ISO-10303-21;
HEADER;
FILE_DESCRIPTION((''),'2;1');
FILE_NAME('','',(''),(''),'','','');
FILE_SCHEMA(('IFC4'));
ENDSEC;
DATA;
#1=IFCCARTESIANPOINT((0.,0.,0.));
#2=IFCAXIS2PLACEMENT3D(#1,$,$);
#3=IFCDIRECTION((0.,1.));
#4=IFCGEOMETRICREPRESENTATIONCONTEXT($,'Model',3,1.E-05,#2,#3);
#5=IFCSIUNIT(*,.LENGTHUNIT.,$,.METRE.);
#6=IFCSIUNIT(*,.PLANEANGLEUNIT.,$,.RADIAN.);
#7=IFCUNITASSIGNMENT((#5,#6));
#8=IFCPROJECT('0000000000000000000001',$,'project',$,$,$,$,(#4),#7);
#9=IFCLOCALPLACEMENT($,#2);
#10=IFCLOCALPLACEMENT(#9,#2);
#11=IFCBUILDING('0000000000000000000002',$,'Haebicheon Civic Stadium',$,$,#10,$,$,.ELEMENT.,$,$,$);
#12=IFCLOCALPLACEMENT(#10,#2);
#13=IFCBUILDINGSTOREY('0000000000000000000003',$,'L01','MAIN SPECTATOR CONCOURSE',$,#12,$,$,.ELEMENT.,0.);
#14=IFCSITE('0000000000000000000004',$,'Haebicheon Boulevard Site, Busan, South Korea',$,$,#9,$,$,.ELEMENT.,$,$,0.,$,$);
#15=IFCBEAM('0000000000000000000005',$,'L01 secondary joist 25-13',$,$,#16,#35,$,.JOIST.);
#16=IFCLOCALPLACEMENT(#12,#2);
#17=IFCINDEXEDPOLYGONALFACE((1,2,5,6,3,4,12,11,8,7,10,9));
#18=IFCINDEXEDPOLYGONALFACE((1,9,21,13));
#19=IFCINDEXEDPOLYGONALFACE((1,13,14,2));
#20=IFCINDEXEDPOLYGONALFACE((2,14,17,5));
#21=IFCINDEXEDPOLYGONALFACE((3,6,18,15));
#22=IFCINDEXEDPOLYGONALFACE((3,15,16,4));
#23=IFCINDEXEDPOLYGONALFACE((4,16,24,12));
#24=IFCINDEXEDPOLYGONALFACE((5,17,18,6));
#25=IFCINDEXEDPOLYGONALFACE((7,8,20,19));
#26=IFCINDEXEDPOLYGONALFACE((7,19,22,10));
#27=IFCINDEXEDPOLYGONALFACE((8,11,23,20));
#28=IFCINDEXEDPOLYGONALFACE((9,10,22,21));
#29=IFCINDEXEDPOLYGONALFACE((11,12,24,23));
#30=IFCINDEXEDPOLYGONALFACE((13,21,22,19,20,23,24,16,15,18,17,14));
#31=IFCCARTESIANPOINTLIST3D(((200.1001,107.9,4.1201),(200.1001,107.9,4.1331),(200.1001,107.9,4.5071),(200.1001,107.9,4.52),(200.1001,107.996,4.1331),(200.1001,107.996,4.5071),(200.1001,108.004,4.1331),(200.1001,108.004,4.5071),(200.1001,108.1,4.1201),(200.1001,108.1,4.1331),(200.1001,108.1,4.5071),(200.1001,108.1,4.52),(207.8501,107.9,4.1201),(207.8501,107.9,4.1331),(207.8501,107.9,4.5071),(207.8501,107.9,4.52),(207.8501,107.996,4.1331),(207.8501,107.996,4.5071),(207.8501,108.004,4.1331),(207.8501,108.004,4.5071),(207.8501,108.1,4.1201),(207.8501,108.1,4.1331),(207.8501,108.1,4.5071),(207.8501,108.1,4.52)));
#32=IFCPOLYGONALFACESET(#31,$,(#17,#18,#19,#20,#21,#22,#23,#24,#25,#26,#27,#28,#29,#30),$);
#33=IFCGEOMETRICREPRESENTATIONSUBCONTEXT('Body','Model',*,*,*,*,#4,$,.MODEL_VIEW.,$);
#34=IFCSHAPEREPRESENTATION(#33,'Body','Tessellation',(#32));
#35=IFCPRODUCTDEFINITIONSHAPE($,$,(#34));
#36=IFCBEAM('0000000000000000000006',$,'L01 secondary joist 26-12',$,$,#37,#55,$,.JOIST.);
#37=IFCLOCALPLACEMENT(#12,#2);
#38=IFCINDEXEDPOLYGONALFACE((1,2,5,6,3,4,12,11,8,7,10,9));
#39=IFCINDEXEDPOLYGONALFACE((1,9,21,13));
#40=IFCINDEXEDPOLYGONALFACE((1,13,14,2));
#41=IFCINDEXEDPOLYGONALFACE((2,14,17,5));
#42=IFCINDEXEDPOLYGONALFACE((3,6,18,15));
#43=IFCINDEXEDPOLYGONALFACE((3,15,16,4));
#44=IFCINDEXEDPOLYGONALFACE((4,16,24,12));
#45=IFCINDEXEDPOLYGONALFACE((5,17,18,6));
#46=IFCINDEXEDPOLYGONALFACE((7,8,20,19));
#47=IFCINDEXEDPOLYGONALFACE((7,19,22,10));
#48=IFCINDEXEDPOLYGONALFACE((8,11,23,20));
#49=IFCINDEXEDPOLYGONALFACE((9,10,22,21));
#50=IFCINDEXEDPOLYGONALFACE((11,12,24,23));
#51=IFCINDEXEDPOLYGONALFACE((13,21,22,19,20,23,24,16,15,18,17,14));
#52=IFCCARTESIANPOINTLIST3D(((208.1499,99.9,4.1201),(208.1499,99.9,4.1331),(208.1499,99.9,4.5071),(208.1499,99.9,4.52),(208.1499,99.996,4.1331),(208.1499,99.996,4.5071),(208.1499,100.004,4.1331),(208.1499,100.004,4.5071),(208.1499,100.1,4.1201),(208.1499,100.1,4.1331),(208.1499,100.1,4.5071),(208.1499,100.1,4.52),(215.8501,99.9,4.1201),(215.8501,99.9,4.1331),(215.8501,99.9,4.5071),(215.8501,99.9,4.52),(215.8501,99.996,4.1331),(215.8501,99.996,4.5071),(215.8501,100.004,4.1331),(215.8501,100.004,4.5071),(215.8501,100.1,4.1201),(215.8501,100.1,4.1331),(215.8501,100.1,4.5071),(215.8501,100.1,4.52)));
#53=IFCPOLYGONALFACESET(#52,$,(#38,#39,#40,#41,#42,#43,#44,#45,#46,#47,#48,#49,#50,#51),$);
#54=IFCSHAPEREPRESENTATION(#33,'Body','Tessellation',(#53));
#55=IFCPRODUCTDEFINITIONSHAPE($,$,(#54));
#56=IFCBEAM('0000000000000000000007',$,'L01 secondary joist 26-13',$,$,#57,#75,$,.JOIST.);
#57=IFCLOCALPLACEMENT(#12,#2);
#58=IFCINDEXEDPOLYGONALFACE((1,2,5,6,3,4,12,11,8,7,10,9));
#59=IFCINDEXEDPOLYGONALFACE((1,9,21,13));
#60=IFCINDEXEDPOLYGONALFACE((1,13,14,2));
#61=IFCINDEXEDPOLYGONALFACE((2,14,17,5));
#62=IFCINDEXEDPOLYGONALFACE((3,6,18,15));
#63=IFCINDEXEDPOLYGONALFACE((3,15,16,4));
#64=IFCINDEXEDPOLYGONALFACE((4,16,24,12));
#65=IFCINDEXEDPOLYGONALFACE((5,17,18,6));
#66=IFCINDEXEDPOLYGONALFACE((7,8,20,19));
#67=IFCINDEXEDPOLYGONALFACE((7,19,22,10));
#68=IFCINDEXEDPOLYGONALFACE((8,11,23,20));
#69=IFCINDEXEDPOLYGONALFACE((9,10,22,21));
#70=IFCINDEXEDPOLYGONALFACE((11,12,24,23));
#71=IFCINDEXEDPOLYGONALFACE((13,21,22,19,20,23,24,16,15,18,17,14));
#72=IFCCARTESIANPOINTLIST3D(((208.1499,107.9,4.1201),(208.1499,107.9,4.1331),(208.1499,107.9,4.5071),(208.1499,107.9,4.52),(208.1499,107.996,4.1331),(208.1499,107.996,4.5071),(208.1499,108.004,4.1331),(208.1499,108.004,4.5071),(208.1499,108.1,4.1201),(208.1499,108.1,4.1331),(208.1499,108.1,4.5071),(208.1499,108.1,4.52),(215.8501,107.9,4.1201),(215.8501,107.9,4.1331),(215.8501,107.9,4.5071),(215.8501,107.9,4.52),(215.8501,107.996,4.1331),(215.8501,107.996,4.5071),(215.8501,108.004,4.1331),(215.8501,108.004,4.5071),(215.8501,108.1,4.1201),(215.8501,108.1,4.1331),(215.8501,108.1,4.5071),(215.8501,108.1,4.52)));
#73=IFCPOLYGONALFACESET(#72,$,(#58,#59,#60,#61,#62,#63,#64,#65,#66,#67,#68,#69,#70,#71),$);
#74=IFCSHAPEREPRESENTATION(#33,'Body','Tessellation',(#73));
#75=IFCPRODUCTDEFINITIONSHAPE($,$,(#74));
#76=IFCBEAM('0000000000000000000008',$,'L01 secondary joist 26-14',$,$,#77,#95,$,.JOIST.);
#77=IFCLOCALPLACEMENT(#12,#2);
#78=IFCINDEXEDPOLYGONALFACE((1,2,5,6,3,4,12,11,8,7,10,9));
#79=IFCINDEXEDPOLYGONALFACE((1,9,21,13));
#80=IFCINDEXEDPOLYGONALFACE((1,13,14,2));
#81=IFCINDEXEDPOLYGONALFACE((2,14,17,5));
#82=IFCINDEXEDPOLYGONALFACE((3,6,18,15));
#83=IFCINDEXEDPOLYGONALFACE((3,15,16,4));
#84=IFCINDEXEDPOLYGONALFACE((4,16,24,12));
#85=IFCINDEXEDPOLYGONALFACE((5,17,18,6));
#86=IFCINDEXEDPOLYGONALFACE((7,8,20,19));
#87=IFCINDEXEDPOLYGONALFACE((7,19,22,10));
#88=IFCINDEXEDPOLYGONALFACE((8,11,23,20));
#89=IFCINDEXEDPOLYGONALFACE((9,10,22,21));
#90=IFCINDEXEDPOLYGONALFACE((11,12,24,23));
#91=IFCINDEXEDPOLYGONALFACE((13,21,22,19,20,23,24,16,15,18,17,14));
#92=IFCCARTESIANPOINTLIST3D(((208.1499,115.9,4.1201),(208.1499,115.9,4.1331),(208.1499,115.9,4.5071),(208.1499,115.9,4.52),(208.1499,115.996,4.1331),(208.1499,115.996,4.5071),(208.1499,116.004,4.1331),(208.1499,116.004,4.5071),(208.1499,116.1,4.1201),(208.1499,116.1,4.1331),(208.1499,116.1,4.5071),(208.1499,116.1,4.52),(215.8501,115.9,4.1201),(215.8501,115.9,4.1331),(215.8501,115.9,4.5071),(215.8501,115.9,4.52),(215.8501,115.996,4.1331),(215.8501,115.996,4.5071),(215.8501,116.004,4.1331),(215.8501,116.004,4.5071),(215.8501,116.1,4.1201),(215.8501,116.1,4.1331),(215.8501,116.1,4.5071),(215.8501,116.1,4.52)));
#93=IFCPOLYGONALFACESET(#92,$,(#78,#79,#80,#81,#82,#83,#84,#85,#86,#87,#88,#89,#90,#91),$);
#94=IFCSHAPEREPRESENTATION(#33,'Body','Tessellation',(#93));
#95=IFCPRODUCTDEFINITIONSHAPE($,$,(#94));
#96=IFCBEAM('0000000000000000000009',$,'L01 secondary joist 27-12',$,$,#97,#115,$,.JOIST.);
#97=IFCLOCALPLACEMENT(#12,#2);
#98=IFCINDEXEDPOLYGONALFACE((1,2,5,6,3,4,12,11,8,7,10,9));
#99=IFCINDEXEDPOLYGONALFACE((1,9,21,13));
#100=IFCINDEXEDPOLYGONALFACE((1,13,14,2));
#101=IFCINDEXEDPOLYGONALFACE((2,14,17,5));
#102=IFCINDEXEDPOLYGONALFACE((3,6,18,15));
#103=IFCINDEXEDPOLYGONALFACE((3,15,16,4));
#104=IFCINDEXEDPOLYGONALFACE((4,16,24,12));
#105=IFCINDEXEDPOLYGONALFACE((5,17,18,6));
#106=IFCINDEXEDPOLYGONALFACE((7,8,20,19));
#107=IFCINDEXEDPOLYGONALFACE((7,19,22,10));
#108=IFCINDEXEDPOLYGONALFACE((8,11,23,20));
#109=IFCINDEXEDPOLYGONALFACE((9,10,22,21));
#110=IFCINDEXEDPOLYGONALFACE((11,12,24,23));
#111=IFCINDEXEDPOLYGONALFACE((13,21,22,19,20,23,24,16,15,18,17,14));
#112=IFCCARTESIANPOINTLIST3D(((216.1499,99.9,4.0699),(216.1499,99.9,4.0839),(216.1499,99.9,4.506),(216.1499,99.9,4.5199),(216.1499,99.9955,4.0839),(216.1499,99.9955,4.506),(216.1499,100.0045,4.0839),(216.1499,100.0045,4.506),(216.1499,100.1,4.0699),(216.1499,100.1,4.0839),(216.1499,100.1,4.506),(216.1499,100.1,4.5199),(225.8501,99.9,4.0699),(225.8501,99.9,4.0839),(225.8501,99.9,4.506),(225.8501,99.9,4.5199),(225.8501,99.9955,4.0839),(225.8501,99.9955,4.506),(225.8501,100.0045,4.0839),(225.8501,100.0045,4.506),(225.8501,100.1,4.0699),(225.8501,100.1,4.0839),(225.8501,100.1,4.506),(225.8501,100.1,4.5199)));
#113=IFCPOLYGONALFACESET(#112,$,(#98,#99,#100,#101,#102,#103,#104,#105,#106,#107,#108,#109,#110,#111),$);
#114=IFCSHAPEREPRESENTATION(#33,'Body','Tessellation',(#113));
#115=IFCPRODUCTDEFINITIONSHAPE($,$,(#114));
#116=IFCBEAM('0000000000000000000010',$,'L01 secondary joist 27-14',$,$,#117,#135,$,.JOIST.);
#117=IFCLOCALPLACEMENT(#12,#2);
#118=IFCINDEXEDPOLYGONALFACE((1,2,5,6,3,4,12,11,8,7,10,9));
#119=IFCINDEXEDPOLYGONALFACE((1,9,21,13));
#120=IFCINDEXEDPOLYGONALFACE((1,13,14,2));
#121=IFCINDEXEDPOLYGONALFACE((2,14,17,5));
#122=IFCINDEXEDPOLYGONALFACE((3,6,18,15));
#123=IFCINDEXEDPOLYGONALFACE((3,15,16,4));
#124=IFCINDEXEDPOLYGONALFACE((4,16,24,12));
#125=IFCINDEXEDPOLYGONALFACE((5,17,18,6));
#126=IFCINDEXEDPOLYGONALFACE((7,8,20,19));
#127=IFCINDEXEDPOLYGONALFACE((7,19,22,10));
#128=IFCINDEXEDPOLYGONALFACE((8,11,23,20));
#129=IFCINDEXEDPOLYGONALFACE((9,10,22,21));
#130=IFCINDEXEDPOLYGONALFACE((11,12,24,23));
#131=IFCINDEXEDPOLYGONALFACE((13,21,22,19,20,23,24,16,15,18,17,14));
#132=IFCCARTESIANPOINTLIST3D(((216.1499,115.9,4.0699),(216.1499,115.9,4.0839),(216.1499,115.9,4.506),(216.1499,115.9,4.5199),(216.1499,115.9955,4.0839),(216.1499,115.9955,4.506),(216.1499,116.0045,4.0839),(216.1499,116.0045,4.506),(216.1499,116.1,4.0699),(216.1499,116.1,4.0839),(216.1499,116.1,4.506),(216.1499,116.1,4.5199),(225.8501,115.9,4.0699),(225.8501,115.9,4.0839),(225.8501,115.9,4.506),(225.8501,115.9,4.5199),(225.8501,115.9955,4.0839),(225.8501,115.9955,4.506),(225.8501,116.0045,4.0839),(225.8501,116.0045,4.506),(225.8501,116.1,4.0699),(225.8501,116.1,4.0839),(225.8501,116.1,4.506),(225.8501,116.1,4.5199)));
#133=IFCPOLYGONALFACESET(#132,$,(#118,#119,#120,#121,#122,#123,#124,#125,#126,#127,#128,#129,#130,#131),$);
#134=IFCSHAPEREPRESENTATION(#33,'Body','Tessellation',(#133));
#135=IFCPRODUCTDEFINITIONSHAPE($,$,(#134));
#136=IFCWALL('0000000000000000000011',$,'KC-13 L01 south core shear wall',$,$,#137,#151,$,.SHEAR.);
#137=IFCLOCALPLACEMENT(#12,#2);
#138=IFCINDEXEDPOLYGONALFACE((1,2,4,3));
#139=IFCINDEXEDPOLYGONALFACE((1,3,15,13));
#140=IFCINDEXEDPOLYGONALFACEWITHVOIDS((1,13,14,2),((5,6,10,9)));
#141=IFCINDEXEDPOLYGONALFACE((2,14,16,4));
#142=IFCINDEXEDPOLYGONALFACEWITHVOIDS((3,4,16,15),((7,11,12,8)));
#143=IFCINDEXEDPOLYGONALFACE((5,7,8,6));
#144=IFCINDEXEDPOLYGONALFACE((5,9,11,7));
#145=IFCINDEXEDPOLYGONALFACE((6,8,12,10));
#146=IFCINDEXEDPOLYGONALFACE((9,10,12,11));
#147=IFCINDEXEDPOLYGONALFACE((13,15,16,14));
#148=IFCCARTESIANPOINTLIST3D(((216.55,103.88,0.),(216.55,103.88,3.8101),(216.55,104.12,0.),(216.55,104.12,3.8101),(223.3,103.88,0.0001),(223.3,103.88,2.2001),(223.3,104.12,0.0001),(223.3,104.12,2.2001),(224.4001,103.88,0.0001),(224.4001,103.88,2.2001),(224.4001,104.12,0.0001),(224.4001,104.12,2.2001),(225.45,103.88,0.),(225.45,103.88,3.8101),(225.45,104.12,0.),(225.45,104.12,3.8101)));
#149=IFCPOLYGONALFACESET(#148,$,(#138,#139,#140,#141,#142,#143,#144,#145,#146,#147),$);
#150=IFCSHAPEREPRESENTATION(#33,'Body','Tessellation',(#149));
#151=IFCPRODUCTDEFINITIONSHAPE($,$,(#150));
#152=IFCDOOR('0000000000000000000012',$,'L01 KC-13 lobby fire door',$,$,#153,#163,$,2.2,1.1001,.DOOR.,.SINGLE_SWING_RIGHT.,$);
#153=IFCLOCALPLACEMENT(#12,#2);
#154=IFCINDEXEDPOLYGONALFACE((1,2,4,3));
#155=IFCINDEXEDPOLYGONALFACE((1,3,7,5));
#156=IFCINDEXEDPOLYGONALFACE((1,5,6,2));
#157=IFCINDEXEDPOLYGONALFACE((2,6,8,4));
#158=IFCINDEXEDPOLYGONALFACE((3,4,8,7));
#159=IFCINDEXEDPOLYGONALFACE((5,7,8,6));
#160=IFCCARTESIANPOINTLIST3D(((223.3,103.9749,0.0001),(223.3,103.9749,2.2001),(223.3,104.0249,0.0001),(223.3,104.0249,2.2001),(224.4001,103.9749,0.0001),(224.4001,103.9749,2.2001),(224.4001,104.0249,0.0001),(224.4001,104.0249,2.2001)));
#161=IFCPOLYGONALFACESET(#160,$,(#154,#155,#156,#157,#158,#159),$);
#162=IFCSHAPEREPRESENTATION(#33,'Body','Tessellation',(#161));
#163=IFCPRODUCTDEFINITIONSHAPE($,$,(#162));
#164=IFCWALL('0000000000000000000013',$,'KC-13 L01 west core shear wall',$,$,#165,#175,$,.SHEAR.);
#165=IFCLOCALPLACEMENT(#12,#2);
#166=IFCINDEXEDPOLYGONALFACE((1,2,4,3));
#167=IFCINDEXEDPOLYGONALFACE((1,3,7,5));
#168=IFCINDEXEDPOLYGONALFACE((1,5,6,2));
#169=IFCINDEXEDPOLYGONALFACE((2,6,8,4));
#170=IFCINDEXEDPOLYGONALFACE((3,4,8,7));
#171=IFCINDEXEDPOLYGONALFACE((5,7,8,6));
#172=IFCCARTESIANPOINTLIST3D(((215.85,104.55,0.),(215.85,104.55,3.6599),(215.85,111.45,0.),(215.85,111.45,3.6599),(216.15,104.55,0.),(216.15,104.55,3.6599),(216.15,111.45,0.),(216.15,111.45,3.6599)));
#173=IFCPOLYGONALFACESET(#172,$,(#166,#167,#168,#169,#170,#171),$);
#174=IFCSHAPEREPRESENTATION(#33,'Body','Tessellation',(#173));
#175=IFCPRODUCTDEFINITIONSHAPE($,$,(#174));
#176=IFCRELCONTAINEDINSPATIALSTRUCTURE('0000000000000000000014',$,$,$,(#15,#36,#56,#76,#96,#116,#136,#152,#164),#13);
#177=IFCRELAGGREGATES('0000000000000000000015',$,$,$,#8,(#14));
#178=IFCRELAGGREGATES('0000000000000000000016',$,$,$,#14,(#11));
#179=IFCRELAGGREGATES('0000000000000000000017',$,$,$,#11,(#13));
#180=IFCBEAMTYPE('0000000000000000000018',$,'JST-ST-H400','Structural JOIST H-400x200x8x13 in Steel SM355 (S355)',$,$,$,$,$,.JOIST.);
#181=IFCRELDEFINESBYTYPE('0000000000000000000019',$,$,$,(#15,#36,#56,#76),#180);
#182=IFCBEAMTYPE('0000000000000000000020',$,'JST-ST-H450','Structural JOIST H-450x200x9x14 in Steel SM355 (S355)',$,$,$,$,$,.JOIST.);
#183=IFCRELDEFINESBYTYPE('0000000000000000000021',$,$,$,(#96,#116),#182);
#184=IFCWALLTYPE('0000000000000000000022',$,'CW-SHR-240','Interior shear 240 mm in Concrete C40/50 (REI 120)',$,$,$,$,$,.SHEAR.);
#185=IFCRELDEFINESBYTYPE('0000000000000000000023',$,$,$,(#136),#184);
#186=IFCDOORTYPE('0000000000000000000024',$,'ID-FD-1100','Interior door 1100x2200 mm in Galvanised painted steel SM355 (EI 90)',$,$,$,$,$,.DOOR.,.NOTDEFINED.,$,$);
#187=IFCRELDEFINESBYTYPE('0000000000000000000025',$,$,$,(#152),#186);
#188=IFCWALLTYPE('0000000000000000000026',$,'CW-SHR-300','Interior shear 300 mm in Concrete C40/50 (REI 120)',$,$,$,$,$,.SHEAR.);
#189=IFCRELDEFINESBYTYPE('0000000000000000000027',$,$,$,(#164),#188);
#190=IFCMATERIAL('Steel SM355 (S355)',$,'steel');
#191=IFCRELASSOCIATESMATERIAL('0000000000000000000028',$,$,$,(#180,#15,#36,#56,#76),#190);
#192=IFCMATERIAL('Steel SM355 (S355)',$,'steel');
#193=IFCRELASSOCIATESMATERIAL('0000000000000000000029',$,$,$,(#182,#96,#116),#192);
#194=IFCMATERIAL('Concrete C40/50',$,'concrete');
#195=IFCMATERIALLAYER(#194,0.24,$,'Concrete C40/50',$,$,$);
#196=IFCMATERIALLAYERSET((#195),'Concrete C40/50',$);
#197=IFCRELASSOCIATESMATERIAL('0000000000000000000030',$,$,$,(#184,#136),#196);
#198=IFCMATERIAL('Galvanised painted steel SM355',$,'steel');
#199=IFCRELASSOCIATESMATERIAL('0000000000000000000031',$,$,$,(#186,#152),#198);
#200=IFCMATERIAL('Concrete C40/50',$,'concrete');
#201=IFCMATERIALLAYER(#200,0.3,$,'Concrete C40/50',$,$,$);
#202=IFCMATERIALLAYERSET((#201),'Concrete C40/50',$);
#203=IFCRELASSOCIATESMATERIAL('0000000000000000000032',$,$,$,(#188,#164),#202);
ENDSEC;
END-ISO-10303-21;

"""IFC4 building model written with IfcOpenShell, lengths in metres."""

from ifc_helpers import new_model, si_unit, direction, frame, frame_2d, origin, origin_2d, place, context, subcontext, project, spatial, rectangle, i_section, extrude, material, layer, layer_set, material_profile, profile_set, type_object, element, fill, save


model = new_model("IFC4")

# Units and contexts
model_context = context("Model", 3, precision=1e-05, world=origin(), true_north=direction((0.0, 1.0)))
body_context = subcontext(model_context, "Body", "Model", "MODEL_VIEW")
ifc_project = project(units=[si_unit("LENGTHUNIT", "METRE"), si_unit("PLANEANGLEUNIT", "RADIAN")], contexts=[model_context])

# Site, building, storey
site_placement = place(None, origin())
site = spatial("IfcSite", under=ifc_project, at=site_placement, Name="Haebicheon Boulevard Site, Busan, South Korea", CompositionType="ELEMENT", RefElevation=0.0)
building_placement = place(site_placement, origin())
building = spatial("IfcBuilding", under=site, at=building_placement, Name="Haebicheon Civic Stadium", CompositionType="ELEMENT")
storey_placement = place(building_placement, origin())
storey = spatial("IfcBuildingStorey", under=building, at=storey_placement, Name="L01", Description="MAIN SPECTATOR CONCOURSE", CompositionType="ELEMENT", Elevation=0.0)

# Beams
ifc_material_1 = material(Name="Steel SM355 (S355)", Category="steel")
ifc_material_profile_1 = material_profile(ifc_material_1, i_section(OverallWidth=0.2, OverallDepth=0.3999, WebThickness=0.0081, FlangeThickness=0.0129, at=origin_2d()), Name="H-400x200x8x13")
ifc_profile_set_1 = profile_set([ifc_material_profile_1], Name="Steel SM355 (S355)")
beam_type_1 = type_object("IfcBeamType", Name="JST-ST-H400", Description="Structural JOIST H-400x200x8x13 in Steel SM355 (S355)", PredefinedType="JOIST", material=ifc_profile_set_1)
for number, where, z_axis, x_axis, name in (
    (1, (200.1001, 108.0, 4.3201), (1.0, 0.0, 0.0), (0.0, 1.0, 0.0), "L01 secondary joist 25-13"),
):
    element("IfcBeam", number, at=place(storey_placement, frame(where, z_axis=z_axis, x_axis=x_axis)), inside=storey, type_object=beam_type_1, material=ifc_profile_set_1, Name=name, PredefinedType="JOIST", context=body_context, shape_type="SweptSolid", body=[
        extrude(i_section(OverallWidth=0.2, OverallDepth=0.3999, WebThickness=0.0081, FlangeThickness=0.0129, at=origin_2d()), origin(), (0.0, 0.0, 1.0), 7.75),
    ])
for number, where, z_axis, x_axis, name in (
    (2, (208.1499, 100.0, 4.3201), (1.0, 0.0, 0.0), (0.0, 1.0, 0.0), "L01 secondary joist 26-12"),
    (3, (208.1499, 108.0, 4.3201), (1.0, 0.0, 0.0), (0.0, 1.0, 0.0), "L01 secondary joist 26-13"),
    (4, (208.1499, 116.0, 4.3201), (1.0, 0.0, 0.0), (0.0, 1.0, 0.0), "L01 secondary joist 26-14"),
):
    element("IfcBeam", number, at=place(storey_placement, frame(where, z_axis=z_axis, x_axis=x_axis)), inside=storey, type_object=beam_type_1, material=ifc_profile_set_1, Name=name, PredefinedType="JOIST", context=body_context, shape_type="SweptSolid", body=[
        extrude(i_section(OverallWidth=0.2, OverallDepth=0.3999, WebThickness=0.0081, FlangeThickness=0.0129, at=origin_2d()), origin(), (0.0, 0.0, 1.0), 7.7002),
    ])
ifc_material_2 = material(Name="Steel SM355 (S355)", Category="steel")
ifc_material_profile_2 = material_profile(ifc_material_2, i_section(OverallWidth=0.2, OverallDepth=0.45, WebThickness=0.009, FlangeThickness=0.0139, at=origin_2d()), Name="H-450x200x9x14")
ifc_profile_set_2 = profile_set([ifc_material_profile_2], Name="Steel SM355 (S355)")
beam_type_2 = type_object("IfcBeamType", Name="JST-ST-H450", Description="Structural JOIST H-450x200x9x14 in Steel SM355 (S355)", PredefinedType="JOIST", material=ifc_profile_set_2)
for number, where, z_axis, x_axis, name in (
    (5, (216.1499, 100.0, 4.2949), (1.0, 0.0, 0.0), (0.0, 1.0, 0.0), "L01 secondary joist 27-12"),
    (6, (216.1499, 116.0, 4.2949), (1.0, 0.0, 0.0), (0.0, 1.0, 0.0), "L01 secondary joist 27-14"),
):
    element("IfcBeam", number, at=place(storey_placement, frame(where, z_axis=z_axis, x_axis=x_axis)), inside=storey, type_object=beam_type_2, material=ifc_profile_set_2, Name=name, PredefinedType="JOIST", context=body_context, shape_type="SweptSolid", body=[
        extrude(i_section(OverallWidth=0.2, OverallDepth=0.45, WebThickness=0.009, FlangeThickness=0.0139, at=origin_2d()), origin(), (0.0, 0.0, 1.0), 9.7002),
    ])

# Wall, opening, door
ifc_material_3 = material(Name="Concrete C40/50", Category="concrete")
ifc_layer_1 = layer(ifc_material_3, 0.24, Name="Concrete C40/50")
ifc_layer_set_1 = layer_set([ifc_layer_1], Name="Concrete C40/50")
wall_type_1 = type_object("IfcWallType", Name="CW-SHR-240", Description="Interior shear 240 mm in Concrete C40/50 (REI 120)", PredefinedType="SHEAR", material=ifc_layer_set_1)
wall_1_placement = place(storey_placement, frame((216.55, 104.0, 0.0), z_axis=(0.0, 0.0, 1.0), x_axis=(1.0, 0.0, 0.0)))
wall_1 = element("IfcWall", 7, at=wall_1_placement, inside=storey, type_object=wall_type_1, material=ifc_layer_set_1, Name="KC-13 L01 south core shear wall", PredefinedType="SHEAR", context=body_context, shape_type="SweptSolid", body=[
    extrude(rectangle(XDim=8.8999, YDim=0.24, at=frame_2d((4.45, 0.0))), origin(), (0.0, 0.0, 1.0), 3.8101),
])
opening_1_placement = place(wall_1_placement, frame((6.75, 0.0, 0.0)))
opening_1 = element("IfcOpeningElement", 8, at=opening_1_placement, cuts=wall_1, PredefinedType="OPENING", context=body_context, shape_type="SweptSolid", body=[
    extrude(rectangle(XDim=1.1001, YDim=2.2, at=frame_2d((0.55, 1.1001))), frame((0.0, 0.1299, 0.0), z_axis=(0.0, -1.0, 0.0), x_axis=(1.0, 0.0, 0.0)), (0.0, 0.0, 1.0), 0.26),
])
ifc_material_4 = material(Name="Galvanised painted steel SM355", Category="steel")
door_type_1 = type_object("IfcDoorType", Name="ID-FD-1100", Description="Interior door 1100x2200 mm in Galvanised painted steel SM355 (EI 90)", OperationType="NOTDEFINED", PredefinedType="DOOR", material=ifc_material_4)
door_1_placement = place(opening_1_placement, origin())
door_1 = element("IfcDoor", 9, at=door_1_placement, inside=storey, type_object=door_type_1, material=ifc_material_4, Name="L01 KC-13 lobby fire door", OperationType="SINGLE_SWING_RIGHT", OverallHeight=2.2, OverallWidth=1.1001, PredefinedType="DOOR", context=body_context, shape_type="SweptSolid", body=[
    extrude(rectangle(XDim=1.1001, YDim=2.2, at=frame_2d((0.55, 1.1001))), frame((0.0, 0.0249, 0.0), z_axis=(0.0, -1.0, 0.0), x_axis=(1.0, 0.0, 0.0)), (0.0, 0.0, 1.0), 0.05),
])
fill(opening_1, door_1)

# Wall
ifc_material_5 = material(Name="Concrete C40/50", Category="concrete")
ifc_layer_2 = layer(ifc_material_5, 0.3, Name="Concrete C40/50")
ifc_layer_set_2 = layer_set([ifc_layer_2], Name="Concrete C40/50")
wall_type_2 = type_object("IfcWallType", Name="CW-SHR-300", Description="Interior shear 300 mm in Concrete C40/50 (REI 120)", PredefinedType="SHEAR", material=ifc_layer_set_2)
wall_2_placement = place(storey_placement, frame((216.0, 104.55, 0.0), z_axis=(0.0, 0.0, 1.0), x_axis=(0.0, 1.0, 0.0)))
element("IfcWall", 10, at=wall_2_placement, inside=storey, type_object=wall_type_2, material=ifc_layer_set_2, Name="KC-13 L01 west core shear wall", PredefinedType="SHEAR", context=body_context, shape_type="SweptSolid", body=[
    extrude(rectangle(XDim=6.8999, YDim=0.3, at=frame_2d((3.45, 0.0))), origin(), (0.0, 0.0, 1.0), 3.6599),
])

save(model, "model.ifc")
